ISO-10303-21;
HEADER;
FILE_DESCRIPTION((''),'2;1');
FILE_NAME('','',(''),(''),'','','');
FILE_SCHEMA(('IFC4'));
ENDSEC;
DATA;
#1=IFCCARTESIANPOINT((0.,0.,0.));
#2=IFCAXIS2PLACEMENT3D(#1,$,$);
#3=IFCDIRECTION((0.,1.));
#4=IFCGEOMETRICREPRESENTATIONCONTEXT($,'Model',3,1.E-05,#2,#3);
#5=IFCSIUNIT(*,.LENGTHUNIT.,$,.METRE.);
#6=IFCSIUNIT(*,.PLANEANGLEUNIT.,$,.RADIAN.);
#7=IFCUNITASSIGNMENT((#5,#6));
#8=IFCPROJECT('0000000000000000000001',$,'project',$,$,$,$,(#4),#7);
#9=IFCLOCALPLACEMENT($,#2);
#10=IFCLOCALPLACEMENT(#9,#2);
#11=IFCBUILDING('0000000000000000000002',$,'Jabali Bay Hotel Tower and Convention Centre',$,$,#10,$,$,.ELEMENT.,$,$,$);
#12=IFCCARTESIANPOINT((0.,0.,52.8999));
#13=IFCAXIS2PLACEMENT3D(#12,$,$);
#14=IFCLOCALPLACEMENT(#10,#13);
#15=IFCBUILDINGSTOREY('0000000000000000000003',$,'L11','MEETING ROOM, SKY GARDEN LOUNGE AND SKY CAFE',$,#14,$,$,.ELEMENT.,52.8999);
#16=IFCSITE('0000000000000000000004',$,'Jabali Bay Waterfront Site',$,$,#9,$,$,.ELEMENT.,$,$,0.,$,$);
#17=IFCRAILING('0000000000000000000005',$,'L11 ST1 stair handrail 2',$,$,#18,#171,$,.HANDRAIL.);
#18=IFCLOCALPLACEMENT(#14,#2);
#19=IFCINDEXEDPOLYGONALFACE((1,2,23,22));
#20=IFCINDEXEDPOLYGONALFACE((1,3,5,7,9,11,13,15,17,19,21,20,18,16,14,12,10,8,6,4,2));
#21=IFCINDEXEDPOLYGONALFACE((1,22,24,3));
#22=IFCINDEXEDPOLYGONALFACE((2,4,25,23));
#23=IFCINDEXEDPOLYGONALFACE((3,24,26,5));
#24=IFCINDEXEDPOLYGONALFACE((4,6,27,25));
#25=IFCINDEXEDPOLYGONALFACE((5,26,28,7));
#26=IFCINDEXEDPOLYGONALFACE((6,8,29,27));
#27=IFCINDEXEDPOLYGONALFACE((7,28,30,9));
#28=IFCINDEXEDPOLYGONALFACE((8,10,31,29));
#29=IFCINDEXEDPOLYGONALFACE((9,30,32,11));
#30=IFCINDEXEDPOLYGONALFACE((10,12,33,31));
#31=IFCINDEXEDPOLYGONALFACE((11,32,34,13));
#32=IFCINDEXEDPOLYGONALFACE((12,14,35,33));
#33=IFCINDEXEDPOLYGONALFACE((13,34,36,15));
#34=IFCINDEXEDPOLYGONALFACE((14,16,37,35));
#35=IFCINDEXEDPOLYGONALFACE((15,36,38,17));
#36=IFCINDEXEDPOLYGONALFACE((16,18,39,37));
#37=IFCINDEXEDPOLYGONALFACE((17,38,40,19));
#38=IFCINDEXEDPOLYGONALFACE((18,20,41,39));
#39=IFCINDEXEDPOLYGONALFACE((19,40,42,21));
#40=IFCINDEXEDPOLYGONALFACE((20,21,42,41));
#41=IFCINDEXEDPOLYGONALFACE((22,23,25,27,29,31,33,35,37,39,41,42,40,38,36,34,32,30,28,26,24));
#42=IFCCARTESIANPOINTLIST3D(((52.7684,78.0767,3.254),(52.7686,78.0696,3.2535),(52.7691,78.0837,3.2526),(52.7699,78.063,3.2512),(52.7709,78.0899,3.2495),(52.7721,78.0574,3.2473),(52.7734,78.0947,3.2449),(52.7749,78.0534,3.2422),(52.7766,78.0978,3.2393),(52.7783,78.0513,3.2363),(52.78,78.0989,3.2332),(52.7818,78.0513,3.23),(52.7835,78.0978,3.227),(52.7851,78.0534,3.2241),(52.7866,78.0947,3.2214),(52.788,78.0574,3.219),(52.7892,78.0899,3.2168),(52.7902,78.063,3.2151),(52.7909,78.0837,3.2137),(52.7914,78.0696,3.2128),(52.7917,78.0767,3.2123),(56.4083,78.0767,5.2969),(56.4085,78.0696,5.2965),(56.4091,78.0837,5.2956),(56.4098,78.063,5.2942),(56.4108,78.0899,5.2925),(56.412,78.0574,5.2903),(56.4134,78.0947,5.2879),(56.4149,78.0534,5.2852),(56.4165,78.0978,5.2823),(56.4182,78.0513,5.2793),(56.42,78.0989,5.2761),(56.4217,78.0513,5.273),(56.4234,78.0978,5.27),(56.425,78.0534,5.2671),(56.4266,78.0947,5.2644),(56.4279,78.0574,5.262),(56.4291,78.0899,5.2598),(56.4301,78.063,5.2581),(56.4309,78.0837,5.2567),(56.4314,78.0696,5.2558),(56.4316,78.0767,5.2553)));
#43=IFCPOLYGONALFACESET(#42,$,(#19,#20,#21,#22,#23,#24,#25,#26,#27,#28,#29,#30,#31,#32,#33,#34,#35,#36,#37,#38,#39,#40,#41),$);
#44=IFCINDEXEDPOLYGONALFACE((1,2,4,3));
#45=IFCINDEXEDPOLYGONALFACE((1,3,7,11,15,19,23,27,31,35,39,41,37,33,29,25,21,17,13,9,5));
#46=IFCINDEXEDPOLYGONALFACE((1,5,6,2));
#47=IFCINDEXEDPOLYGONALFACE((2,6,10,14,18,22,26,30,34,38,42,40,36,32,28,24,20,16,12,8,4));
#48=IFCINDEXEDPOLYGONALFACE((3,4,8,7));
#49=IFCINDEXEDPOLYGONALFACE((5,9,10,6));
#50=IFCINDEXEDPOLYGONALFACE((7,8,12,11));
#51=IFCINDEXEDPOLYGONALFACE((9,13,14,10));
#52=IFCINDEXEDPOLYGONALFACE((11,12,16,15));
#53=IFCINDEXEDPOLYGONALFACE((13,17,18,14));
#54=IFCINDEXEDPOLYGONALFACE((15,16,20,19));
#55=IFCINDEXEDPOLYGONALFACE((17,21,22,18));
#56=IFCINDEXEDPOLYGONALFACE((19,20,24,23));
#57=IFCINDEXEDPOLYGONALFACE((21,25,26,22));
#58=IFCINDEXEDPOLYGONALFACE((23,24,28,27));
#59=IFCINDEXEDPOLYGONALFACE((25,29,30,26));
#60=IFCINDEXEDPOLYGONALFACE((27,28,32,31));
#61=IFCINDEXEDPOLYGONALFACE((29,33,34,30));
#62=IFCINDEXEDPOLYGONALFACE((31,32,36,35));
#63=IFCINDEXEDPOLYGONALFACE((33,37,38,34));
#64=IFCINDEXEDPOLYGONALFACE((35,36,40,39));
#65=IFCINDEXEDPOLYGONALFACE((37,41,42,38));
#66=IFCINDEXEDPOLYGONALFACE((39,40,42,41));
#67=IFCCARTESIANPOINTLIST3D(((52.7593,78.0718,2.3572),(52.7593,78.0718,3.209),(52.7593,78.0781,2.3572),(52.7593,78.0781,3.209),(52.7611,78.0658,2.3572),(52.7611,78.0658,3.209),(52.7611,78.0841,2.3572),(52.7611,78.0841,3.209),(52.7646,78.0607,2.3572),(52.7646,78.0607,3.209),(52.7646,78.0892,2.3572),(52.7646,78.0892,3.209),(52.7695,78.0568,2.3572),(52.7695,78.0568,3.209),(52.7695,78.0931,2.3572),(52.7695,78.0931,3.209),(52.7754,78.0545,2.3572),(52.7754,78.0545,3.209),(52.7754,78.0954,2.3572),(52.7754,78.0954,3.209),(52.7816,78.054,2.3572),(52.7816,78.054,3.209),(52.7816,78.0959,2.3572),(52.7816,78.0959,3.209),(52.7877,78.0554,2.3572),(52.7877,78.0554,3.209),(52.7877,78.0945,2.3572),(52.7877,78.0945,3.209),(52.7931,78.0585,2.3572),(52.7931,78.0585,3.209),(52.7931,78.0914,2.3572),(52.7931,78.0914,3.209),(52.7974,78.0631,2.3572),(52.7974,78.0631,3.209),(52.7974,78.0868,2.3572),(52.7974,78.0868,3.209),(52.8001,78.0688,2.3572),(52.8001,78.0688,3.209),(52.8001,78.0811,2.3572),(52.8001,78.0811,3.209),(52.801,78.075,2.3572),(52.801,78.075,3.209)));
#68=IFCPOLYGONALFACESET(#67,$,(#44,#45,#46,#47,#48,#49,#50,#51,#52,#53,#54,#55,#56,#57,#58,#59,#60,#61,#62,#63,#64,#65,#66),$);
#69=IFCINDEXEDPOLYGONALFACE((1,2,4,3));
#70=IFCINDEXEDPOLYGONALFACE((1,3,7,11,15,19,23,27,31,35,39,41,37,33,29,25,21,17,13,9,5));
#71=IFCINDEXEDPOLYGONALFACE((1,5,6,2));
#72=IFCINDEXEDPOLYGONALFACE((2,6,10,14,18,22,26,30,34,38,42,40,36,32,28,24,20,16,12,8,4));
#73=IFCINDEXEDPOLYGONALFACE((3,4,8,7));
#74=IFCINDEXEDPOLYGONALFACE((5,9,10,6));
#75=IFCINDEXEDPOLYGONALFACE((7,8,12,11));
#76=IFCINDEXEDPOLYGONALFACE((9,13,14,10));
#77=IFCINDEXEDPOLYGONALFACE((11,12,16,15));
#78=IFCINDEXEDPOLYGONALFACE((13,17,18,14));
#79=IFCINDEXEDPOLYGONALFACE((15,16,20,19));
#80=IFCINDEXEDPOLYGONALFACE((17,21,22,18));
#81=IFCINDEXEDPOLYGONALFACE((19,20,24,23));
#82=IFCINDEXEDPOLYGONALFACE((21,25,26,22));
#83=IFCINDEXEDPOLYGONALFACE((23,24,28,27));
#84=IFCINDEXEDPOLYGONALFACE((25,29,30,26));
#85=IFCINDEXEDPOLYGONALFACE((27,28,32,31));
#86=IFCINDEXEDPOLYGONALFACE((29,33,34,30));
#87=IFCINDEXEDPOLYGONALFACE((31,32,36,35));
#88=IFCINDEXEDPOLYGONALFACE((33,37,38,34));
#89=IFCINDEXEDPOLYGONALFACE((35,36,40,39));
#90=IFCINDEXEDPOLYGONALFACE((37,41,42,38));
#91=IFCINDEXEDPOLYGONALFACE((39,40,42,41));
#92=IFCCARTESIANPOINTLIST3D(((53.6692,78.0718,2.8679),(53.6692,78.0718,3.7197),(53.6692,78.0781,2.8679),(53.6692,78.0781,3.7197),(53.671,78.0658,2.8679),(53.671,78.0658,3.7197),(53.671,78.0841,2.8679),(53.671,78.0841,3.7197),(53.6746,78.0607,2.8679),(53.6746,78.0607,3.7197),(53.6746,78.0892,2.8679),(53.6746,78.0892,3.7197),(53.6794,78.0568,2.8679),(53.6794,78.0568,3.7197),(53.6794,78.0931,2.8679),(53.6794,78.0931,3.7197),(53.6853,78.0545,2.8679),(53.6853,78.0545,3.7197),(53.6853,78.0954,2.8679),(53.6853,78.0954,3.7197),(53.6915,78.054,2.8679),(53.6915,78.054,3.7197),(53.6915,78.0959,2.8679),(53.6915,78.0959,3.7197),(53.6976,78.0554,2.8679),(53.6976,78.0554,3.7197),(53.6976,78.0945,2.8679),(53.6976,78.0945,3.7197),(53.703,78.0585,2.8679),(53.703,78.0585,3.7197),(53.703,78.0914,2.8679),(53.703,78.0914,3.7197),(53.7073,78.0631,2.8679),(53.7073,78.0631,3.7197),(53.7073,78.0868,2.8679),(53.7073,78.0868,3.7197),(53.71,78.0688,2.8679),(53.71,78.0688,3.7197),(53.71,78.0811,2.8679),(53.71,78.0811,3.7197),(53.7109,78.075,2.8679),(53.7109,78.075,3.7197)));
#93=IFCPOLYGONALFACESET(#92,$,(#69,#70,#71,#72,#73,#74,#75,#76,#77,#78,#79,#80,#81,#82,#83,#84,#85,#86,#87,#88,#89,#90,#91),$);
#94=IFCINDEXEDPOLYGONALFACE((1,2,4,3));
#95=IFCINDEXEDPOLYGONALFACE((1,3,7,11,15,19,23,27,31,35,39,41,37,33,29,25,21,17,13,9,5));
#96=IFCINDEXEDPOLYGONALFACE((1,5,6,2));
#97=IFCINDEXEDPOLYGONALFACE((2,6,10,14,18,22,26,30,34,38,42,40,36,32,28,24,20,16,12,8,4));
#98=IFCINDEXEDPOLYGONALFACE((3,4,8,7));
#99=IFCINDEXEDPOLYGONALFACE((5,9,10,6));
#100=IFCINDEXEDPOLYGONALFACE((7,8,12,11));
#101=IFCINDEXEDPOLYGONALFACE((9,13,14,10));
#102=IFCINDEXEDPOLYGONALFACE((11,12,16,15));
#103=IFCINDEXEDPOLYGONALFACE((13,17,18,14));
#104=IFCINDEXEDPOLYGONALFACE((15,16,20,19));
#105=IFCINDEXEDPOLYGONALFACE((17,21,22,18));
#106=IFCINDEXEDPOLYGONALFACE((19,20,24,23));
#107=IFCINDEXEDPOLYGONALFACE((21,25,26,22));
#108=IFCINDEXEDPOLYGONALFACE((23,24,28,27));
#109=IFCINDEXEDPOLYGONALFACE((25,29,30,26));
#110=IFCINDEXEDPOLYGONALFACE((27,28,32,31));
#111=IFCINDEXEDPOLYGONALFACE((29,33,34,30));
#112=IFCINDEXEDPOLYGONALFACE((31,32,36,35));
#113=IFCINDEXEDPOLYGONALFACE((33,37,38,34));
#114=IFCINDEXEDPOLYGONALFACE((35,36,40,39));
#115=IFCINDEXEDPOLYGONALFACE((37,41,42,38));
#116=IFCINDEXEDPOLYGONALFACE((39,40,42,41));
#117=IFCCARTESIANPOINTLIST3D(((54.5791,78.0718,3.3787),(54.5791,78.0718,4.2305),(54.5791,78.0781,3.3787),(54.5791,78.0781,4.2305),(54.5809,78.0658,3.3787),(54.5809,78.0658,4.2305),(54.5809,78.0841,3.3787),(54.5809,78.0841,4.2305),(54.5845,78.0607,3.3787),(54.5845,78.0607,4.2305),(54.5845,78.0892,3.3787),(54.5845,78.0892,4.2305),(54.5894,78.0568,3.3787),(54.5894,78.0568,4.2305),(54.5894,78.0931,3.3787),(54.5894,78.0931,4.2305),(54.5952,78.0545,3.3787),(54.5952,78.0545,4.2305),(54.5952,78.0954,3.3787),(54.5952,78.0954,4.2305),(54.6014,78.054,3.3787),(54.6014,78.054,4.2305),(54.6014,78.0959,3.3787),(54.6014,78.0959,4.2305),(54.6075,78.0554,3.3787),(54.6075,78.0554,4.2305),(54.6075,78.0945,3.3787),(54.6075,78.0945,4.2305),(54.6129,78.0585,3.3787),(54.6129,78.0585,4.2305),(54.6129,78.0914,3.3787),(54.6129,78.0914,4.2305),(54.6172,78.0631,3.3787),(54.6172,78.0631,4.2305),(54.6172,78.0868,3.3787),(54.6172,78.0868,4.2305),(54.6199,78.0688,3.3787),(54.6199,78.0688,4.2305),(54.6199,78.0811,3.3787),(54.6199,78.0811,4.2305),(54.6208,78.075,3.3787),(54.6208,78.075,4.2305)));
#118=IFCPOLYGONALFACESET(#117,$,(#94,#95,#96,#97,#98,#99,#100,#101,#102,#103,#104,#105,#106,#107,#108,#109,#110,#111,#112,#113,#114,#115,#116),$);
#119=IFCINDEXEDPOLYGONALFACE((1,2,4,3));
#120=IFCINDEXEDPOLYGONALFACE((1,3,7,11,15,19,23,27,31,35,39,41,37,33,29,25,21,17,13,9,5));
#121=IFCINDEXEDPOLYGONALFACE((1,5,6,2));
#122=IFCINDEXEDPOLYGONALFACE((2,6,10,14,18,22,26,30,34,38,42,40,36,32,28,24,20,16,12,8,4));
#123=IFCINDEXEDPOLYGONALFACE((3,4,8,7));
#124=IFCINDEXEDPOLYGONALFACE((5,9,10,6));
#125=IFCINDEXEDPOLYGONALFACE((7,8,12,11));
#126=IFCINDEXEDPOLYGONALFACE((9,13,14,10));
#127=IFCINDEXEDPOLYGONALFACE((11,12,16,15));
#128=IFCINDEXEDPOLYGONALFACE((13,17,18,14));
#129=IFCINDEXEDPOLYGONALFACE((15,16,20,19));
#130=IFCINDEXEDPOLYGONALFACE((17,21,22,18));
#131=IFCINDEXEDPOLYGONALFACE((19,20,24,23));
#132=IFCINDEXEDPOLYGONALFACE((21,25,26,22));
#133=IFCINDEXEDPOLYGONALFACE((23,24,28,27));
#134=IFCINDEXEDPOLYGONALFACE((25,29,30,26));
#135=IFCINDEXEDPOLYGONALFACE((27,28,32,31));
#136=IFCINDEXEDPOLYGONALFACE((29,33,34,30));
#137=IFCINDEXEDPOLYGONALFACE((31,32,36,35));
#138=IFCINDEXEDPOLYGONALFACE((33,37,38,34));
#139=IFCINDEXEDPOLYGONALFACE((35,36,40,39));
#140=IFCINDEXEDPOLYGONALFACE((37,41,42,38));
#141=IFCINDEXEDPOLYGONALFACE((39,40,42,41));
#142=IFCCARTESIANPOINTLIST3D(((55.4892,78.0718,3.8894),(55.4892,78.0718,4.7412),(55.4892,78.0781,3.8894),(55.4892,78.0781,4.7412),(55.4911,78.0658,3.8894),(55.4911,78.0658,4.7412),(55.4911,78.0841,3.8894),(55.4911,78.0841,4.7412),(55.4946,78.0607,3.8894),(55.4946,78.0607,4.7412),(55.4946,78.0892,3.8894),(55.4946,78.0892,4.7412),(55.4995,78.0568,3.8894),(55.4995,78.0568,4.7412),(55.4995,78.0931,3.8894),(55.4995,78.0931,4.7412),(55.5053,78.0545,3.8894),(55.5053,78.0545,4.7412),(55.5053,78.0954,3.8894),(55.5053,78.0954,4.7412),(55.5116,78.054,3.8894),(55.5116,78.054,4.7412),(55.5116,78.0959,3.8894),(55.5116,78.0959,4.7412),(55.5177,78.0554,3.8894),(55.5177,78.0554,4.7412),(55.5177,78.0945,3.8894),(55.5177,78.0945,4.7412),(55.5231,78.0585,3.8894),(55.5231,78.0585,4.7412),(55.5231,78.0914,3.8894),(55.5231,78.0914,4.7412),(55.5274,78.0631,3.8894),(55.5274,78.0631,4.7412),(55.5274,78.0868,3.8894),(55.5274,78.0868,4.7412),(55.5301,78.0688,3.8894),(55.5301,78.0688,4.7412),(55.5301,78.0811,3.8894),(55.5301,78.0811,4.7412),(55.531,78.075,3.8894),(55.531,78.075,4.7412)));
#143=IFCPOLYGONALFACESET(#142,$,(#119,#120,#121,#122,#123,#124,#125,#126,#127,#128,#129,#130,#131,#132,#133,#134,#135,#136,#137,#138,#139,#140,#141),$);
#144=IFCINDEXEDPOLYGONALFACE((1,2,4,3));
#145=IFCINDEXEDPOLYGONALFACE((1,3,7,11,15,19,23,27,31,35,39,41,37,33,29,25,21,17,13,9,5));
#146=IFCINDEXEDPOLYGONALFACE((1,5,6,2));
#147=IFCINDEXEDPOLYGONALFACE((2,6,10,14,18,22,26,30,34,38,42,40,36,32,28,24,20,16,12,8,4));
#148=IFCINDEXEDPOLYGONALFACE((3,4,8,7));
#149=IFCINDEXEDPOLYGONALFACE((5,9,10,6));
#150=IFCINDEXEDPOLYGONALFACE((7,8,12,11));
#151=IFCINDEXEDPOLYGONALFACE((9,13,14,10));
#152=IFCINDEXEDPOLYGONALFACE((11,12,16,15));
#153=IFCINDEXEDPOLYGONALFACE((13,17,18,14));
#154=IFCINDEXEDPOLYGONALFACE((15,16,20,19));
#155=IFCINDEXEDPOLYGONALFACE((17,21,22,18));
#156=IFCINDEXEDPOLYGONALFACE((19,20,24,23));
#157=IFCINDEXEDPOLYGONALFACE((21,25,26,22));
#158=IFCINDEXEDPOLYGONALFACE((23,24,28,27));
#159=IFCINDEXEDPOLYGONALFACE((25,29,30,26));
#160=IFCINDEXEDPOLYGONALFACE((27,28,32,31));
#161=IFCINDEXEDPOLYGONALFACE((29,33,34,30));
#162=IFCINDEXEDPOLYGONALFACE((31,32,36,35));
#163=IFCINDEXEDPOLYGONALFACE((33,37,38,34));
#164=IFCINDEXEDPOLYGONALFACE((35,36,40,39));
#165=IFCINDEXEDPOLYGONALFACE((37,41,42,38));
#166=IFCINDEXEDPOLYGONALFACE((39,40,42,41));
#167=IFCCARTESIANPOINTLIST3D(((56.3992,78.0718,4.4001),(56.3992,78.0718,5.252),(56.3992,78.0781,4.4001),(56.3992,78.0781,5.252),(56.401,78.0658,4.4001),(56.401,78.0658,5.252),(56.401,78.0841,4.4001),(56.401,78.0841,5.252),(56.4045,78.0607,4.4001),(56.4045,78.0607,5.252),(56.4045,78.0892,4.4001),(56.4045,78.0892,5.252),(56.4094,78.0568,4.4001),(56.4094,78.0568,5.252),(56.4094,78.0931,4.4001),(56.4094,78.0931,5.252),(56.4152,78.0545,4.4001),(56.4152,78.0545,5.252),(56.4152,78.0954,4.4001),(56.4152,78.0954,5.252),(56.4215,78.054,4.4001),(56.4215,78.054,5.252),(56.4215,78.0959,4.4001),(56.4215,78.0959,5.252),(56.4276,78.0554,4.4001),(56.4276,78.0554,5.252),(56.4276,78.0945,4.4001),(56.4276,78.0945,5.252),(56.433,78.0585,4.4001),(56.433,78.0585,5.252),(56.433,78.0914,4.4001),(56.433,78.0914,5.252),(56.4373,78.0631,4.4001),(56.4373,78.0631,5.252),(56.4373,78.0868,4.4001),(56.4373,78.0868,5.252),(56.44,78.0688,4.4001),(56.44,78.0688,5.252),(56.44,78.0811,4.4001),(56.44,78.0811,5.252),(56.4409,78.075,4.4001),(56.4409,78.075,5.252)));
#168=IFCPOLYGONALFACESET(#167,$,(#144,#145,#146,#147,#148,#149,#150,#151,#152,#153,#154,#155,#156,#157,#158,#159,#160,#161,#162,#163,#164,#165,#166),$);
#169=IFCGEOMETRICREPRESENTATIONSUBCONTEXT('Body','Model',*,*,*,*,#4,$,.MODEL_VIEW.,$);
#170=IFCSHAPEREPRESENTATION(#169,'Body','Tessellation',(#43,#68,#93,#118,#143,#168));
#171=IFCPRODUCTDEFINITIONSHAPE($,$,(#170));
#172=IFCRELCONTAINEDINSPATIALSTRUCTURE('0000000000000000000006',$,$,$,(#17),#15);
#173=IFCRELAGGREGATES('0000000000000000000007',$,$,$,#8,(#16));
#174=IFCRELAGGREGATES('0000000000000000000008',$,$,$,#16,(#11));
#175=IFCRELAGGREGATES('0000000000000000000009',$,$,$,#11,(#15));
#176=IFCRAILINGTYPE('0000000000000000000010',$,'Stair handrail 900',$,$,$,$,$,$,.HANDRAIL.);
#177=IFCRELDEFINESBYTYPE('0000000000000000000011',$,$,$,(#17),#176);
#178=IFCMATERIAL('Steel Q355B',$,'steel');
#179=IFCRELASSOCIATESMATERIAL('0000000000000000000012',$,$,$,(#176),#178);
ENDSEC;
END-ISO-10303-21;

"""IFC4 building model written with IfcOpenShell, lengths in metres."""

from ifc_helpers import new_model, si_unit, direction, frame, origin, origin_2d, place, context, subcontext, project, spatial, circle, extrude, material, type_object, element, save


model = new_model("IFC4")

# Units and contexts
model_context = context("Model", 3, precision=1e-05, world=origin(), true_north=direction((0.0, 1.0)))
body_context = subcontext(model_context, "Body", "Model", "MODEL_VIEW")
ifc_project = project(units=[si_unit("LENGTHUNIT", "METRE"), si_unit("PLANEANGLEUNIT", "RADIAN")], contexts=[model_context])

# Site, building, storey
site_placement = place(None, origin())
site = spatial("IfcSite", under=ifc_project, at=site_placement, Name="Jabali Bay Waterfront Site", CompositionType="ELEMENT", RefElevation=0.0)
building_placement = place(site_placement, origin())
building = spatial("IfcBuilding", under=site, at=building_placement, Name="Jabali Bay Hotel Tower and Convention Centre", CompositionType="ELEMENT")
storey_placement = place(building_placement, frame((0.0, 0.0, 52.8999)))
storey = spatial("IfcBuildingStorey", under=building, at=storey_placement, Name="L11", Description="MEETING ROOM, SKY GARDEN LOUNGE AND SKY CAFE", CompositionType="ELEMENT", Elevation=52.8999)

# Railing
ifc_material_1 = material(Name="Steel Q355B", Category="steel")
railing_type = type_object("IfcRailingType", Name="Stair handrail 900", PredefinedType="HANDRAIL", material=ifc_material_1)
railing_placement = place(storey_placement, frame((52.78, 78.075, 2.3572)))
element("IfcRailing", 1, at=railing_placement, inside=storey, type_object=railing_type, Name="L11 ST1 stair handrail 2", PredefinedType="HANDRAIL", context=body_context, shape_type="SweptSolid", body=[
    extrude(circle(Radius=0.0239, at=origin_2d()), frame((0.0, 0.0, 0.876), z_axis=(0.872033, 0.0, 0.489447), x_axis=(0.0, 1.0, 0.0)), (0.0, 0.0, 1.0), 4.1741),
    extrude(circle(Radius=0.021, at=origin_2d()), origin(), (0.0, 0.0, 1.0), 0.8518),
    extrude(circle(Radius=0.021, at=origin_2d()), frame((0.9099, 0.0, 0.5107)), (0.0, 0.0, 1.0), 0.8518),
    extrude(circle(Radius=0.021, at=origin_2d()), frame((1.8198, 0.0, 1.0215)), (0.0, 0.0, 1.0), 0.8518),
    extrude(circle(Radius=0.021, at=origin_2d()), frame((2.73, 0.0, 1.5322)), (0.0, 0.0, 1.0), 0.8518),
    extrude(circle(Radius=0.021, at=origin_2d()), frame((3.6399, 0.0, 2.043)), (0.0, 0.0, 1.0), 0.8518),
])

save(model, "model.ifc")
